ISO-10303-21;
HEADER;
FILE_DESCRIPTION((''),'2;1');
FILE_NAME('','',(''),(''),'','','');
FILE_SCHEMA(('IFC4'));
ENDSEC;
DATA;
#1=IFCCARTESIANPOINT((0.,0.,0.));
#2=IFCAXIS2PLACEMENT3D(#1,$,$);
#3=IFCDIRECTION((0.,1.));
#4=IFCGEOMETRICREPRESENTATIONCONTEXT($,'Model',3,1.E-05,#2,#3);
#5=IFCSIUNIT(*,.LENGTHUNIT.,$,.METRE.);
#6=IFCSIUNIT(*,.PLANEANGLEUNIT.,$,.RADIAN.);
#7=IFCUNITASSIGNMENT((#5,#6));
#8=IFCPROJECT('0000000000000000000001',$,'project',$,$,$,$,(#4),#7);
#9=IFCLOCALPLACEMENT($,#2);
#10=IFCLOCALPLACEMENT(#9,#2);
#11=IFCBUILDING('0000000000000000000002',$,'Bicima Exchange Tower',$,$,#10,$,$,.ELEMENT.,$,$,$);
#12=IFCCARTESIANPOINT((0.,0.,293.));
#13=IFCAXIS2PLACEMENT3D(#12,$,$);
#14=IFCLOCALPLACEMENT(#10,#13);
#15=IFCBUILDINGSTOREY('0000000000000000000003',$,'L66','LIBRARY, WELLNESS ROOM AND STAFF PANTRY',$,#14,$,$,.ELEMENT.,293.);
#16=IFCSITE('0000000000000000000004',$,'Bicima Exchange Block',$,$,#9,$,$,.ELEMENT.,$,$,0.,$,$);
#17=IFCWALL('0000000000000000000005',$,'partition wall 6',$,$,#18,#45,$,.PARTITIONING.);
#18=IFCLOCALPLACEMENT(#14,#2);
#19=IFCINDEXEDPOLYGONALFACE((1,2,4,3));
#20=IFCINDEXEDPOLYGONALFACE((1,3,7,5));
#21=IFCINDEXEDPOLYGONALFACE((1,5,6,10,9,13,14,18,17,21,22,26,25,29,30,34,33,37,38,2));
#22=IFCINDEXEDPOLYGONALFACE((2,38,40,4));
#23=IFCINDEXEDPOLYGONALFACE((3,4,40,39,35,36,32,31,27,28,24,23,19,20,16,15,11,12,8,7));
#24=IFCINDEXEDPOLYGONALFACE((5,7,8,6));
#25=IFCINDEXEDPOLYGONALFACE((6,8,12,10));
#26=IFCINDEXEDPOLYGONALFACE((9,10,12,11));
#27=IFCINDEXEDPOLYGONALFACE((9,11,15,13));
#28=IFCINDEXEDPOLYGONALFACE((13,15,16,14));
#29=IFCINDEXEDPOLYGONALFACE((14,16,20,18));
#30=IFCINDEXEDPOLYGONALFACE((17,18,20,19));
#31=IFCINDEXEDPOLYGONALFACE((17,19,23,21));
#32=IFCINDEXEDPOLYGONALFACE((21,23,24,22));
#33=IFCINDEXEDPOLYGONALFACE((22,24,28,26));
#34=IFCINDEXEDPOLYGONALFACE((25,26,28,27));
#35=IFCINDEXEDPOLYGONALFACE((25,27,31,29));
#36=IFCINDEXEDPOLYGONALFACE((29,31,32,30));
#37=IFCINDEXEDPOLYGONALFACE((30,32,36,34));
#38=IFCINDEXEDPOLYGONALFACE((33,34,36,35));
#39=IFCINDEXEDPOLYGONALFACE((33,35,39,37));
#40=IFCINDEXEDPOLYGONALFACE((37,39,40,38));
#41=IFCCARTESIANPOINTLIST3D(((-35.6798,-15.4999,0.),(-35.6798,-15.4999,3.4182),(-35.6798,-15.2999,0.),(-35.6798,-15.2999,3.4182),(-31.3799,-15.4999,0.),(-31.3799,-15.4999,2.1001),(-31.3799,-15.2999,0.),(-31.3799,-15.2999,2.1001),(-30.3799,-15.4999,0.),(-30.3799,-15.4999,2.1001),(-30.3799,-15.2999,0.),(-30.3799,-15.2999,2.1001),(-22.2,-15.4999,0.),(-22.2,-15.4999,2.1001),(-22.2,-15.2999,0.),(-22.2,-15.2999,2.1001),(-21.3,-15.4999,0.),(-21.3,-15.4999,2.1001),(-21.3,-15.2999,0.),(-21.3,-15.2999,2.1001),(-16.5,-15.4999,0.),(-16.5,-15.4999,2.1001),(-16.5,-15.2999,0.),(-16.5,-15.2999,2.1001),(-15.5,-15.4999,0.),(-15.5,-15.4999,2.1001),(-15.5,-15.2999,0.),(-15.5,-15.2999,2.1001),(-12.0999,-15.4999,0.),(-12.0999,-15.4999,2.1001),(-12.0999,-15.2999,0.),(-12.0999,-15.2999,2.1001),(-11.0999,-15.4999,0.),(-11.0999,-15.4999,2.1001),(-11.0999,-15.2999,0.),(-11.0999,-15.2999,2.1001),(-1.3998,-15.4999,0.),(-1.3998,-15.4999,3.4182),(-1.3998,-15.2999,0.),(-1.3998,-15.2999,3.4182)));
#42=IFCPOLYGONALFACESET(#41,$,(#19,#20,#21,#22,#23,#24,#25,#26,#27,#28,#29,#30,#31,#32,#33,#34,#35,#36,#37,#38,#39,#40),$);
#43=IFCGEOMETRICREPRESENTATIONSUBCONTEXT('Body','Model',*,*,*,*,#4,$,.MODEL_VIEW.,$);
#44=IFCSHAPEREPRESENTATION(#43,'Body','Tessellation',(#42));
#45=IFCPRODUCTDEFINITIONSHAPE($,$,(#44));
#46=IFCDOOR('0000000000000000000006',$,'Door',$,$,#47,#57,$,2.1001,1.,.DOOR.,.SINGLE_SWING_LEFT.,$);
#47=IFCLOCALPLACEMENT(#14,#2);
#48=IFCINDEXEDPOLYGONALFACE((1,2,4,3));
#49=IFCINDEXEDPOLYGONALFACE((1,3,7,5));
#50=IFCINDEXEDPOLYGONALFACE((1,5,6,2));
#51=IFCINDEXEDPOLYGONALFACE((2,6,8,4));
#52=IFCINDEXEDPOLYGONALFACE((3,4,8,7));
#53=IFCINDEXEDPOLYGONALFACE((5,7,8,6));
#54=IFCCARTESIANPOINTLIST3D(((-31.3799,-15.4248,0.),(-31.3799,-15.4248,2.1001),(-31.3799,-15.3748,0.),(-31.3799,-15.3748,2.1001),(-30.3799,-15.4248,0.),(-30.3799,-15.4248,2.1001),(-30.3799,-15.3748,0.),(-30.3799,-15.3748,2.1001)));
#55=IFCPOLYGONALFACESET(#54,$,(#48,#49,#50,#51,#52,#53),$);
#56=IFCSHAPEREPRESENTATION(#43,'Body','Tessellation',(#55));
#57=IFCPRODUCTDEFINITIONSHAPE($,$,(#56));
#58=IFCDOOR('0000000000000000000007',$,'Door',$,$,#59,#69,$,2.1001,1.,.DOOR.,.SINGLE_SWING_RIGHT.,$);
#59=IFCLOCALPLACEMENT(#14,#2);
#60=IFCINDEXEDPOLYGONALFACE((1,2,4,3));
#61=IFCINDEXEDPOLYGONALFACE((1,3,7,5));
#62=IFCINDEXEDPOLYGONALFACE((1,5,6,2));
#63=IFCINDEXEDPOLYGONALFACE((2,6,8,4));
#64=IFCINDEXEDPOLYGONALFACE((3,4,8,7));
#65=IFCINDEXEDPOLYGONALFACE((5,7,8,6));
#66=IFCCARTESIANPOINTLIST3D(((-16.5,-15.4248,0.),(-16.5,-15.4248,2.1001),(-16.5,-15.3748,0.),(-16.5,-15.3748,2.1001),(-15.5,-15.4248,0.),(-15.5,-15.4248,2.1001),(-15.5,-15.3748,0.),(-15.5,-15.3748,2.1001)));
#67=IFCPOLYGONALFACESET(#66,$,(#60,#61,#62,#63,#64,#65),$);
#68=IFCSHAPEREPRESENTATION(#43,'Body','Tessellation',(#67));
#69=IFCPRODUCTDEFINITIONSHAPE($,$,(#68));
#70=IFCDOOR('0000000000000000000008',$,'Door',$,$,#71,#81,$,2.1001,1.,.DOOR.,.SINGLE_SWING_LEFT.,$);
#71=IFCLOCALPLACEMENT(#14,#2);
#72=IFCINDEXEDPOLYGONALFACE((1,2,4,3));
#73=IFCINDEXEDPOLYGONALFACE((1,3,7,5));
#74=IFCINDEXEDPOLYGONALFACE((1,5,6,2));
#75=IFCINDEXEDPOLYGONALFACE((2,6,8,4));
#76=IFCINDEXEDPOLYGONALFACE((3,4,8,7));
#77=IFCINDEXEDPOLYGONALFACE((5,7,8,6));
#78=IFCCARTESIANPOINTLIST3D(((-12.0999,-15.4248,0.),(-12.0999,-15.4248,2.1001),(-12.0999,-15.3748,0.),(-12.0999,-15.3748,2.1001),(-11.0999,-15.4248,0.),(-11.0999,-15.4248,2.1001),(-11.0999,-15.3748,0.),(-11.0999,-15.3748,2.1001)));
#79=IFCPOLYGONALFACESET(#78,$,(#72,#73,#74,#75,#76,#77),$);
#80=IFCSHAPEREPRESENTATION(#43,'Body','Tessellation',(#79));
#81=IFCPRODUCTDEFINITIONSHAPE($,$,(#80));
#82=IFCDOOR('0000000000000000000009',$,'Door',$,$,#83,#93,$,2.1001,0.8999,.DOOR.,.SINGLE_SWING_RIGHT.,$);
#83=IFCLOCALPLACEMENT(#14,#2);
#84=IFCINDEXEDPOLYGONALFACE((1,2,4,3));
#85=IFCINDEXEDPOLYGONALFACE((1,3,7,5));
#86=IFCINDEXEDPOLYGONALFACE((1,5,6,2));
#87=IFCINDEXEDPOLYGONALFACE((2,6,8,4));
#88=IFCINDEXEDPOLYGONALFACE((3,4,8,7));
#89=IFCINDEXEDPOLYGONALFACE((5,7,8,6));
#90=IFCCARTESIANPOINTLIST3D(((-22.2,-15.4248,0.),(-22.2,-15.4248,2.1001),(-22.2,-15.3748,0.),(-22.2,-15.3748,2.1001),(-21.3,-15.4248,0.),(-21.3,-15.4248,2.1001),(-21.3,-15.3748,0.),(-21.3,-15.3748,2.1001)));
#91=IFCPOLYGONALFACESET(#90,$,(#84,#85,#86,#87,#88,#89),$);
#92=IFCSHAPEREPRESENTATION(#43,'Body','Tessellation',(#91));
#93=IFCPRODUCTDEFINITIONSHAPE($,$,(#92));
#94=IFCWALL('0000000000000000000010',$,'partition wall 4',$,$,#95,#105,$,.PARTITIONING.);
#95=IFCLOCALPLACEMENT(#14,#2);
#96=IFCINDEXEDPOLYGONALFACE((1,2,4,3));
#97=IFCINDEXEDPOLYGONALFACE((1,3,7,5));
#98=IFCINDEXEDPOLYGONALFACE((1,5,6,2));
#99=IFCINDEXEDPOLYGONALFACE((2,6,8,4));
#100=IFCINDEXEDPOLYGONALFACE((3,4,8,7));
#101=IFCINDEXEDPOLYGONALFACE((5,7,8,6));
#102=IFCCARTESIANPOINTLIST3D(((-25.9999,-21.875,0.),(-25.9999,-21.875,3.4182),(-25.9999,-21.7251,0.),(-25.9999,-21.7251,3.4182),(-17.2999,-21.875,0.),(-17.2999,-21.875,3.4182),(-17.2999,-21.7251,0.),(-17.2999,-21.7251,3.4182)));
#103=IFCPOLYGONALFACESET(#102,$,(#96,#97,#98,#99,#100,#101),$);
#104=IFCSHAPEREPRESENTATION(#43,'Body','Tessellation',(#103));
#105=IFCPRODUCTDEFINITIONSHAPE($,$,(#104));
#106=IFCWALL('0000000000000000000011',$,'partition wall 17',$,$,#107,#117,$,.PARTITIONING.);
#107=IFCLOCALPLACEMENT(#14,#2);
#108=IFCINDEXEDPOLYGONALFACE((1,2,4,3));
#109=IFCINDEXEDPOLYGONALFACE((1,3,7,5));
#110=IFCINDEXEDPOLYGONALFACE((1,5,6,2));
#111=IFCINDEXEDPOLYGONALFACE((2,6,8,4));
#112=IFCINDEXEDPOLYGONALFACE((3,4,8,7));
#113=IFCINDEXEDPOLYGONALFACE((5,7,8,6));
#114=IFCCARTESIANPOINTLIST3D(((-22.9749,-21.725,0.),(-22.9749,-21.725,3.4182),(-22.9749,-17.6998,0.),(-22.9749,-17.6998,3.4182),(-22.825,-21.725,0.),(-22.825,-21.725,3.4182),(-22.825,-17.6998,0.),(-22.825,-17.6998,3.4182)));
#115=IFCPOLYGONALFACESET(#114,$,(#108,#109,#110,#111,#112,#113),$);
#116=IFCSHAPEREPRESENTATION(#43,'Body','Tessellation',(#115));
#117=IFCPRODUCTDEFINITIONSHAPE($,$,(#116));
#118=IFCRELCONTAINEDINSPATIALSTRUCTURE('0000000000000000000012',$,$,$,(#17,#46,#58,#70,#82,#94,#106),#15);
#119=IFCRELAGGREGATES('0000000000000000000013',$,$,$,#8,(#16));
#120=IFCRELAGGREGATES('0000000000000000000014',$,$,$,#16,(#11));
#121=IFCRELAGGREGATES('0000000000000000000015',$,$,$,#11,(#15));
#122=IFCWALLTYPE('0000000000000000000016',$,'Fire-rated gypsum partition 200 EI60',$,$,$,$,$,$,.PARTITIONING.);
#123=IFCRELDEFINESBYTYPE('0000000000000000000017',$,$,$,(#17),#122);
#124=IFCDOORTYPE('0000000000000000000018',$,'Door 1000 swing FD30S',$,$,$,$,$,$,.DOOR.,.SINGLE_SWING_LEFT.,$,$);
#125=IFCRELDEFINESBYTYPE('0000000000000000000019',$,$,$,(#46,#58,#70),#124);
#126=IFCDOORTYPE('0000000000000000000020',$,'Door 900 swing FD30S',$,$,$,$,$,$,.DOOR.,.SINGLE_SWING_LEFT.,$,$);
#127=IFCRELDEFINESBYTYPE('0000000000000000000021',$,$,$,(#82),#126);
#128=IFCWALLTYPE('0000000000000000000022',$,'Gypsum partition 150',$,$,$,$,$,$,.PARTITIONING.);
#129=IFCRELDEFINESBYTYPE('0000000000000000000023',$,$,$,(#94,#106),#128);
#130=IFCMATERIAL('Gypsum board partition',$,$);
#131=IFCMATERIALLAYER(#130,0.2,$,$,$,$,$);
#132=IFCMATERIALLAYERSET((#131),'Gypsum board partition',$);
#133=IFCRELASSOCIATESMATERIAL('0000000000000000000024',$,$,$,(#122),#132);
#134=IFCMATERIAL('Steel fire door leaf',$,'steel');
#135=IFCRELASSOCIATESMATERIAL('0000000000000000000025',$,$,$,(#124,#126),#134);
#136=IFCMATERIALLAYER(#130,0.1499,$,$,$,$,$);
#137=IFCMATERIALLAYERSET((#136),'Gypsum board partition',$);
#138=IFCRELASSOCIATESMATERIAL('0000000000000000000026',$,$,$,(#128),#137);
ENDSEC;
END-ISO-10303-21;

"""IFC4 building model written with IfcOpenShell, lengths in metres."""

from ifc_helpers import new_model, si_unit, direction, frame, frame_2d, origin, place, context, subcontext, project, spatial, rectangle, extrude, material, layer, layer_set, type_object, element, fill, save


model = new_model("IFC4")

# Units and contexts
model_context = context("Model", 3, precision=1e-05, world=origin(), true_north=direction((0.0, 1.0)))
body_context = subcontext(model_context, "Body", "Model", "MODEL_VIEW")
ifc_project = project(units=[si_unit("LENGTHUNIT", "METRE"), si_unit("PLANEANGLEUNIT", "RADIAN")], contexts=[model_context])

# Site, building, storey
site_placement = place(None, origin())
site = spatial("IfcSite", under=ifc_project, at=site_placement, Name="Bicima Exchange Block", CompositionType="ELEMENT", RefElevation=0.0)
building_placement = place(site_placement, origin())
building = spatial("IfcBuilding", under=site, at=building_placement, Name="Bicima Exchange Tower", CompositionType="ELEMENT")
storey_placement = place(building_placement, frame((0.0, 0.0, 293.0)))
storey = spatial("IfcBuildingStorey", under=building, at=storey_placement, Name="L66", Description="LIBRARY, WELLNESS ROOM AND STAFF PANTRY", CompositionType="ELEMENT", Elevation=293.0)

# Wall, openings, doors
ifc_material_1 = material(Name="Gypsum board partition")
ifc_layer_1 = layer(ifc_material_1, 0.2)
ifc_layer_set_1 = layer_set([ifc_layer_1], Name="Gypsum board partition")
wall_type_1 = type_object("IfcWallType", Name="Fire-rated gypsum partition 200 EI60", PredefinedType="PARTITIONING", material=ifc_layer_set_1)
ifc_material_2 = material(Name="Steel fire door leaf", Category="steel")
door_type_1 = type_object("IfcDoorType", Name="Door 1000 swing FD30S", OperationType="SINGLE_SWING_LEFT", PredefinedType="DOOR", material=ifc_material_2)
door_type_2 = type_object("IfcDoorType", Name="Door 900 swing FD30S", OperationType="SINGLE_SWING_LEFT", PredefinedType="DOOR", material=ifc_material_2)
wall_1_placement = place(storey_placement, frame((-35.6799, -15.3999, 0.0), z_axis=(0.0, 0.0, 1.0), x_axis=(1.0, 0.0, 0.0)))
wall_1 = element("IfcWall", 1, at=wall_1_placement, inside=storey, type_object=wall_type_1, Name="partition wall 6", PredefinedType="PARTITIONING", context=body_context, shape_type="SweptSolid", body=[
    extrude(rectangle(XDim=34.28, YDim=0.2, at=frame_2d((17.1401, 0.0))), origin(), (0.0, 0.0, 1.0), 3.4182),
])
opening_1_placement = place(wall_1_placement, frame((4.3, 0.0, 0.0)))
opening_1 = element("IfcOpeningElement", 2, at=opening_1_placement, cuts=wall_1, PredefinedType="OPENING", context=body_context, shape_type="SweptSolid", body=[
    extrude(rectangle(XDim=1.0, YDim=2.1001, at=frame_2d((0.5, 1.05))), frame((0.0, 0.1118, 0.0), z_axis=(0.0, -1.0, 0.0), x_axis=(1.0, 0.0, 0.0)), (0.0, 0.0, 1.0), 0.2239),
])
opening_2_placement = place(wall_1_placement, frame((13.48, 0.0, 0.0)))
opening_2 = element("IfcOpeningElement", 3, at=opening_2_placement, cuts=wall_1, PredefinedType="OPENING", context=body_context, shape_type="SweptSolid", body=[
    extrude(rectangle(XDim=0.8999, YDim=2.1001, at=frame_2d((0.45, 1.05))), frame((0.0, 0.1118, 0.0), z_axis=(0.0, -1.0, 0.0), x_axis=(1.0, 0.0, 0.0)), (0.0, 0.0, 1.0), 0.2239),
])
opening_3_placement = place(wall_1_placement, frame((19.1799, 0.0, 0.0)))
opening_3 = element("IfcOpeningElement", 4, at=opening_3_placement, cuts=wall_1, PredefinedType="OPENING", context=body_context, shape_type="SweptSolid", body=[
    extrude(rectangle(XDim=1.0, YDim=2.1001, at=frame_2d((0.5, 1.05))), frame((0.0, 0.1118, 0.0), z_axis=(0.0, -1.0, 0.0), x_axis=(1.0, 0.0, 0.0)), (0.0, 0.0, 1.0), 0.2239),
])
opening_4_placement = place(wall_1_placement, frame((23.5801, 0.0, 0.0)))
opening_4 = element("IfcOpeningElement", 5, at=opening_4_placement, cuts=wall_1, PredefinedType="OPENING", context=body_context, shape_type="SweptSolid", body=[
    extrude(rectangle(XDim=1.0, YDim=2.1001, at=frame_2d((0.5, 1.05))), frame((0.0, 0.1118, 0.0), z_axis=(0.0, -1.0, 0.0), x_axis=(1.0, 0.0, 0.0)), (0.0, 0.0, 1.0), 0.2239),
])
door_1_placement = place(opening_1_placement, frame((1.0, 0.0, 0.0), z_axis=(0.0, 0.0, 1.0), x_axis=(-1.0, 0.0, 0.0)))
door_1 = element("IfcDoor", 6, at=door_1_placement, inside=storey, type_object=door_type_1, Name="Door", OperationType="SINGLE_SWING_LEFT", OverallHeight=2.1001, OverallWidth=1.0, PredefinedType="DOOR", context=body_context, shape_type="SweptSolid", body=[
    extrude(rectangle(XDim=1.0, YDim=2.1001, at=frame_2d((0.5, 1.05))), frame((0.0, 0.0249, 0.0), z_axis=(0.0, -1.0, 0.0), x_axis=(1.0, 0.0, 0.0)), (0.0, 0.0, 1.0), 0.05),
])
fill(opening_1, door_1)
door_2_placement = place(opening_3_placement, frame((1.0, 0.0, 0.0), z_axis=(0.0, 0.0, 1.0), x_axis=(-1.0, 0.0, 0.0)))
door_2 = element("IfcDoor", 7, at=door_2_placement, inside=storey, type_object=door_type_1, Name="Door", OperationType="SINGLE_SWING_RIGHT", OverallHeight=2.1001, OverallWidth=1.0, PredefinedType="DOOR", context=body_context, shape_type="SweptSolid", body=[
    extrude(rectangle(XDim=1.0, YDim=2.1001, at=frame_2d((0.5, 1.05))), frame((0.0, 0.0249, 0.0), z_axis=(0.0, -1.0, 0.0), x_axis=(1.0, 0.0, 0.0)), (0.0, 0.0, 1.0), 0.05),
])
fill(opening_3, door_2)
door_3_placement = place(opening_4_placement, frame((1.0, 0.0, 0.0), z_axis=(0.0, 0.0, 1.0), x_axis=(-1.0, 0.0, 0.0)))
door_3 = element("IfcDoor", 8, at=door_3_placement, inside=storey, type_object=door_type_1, Name="Door", OperationType="SINGLE_SWING_LEFT", OverallHeight=2.1001, OverallWidth=1.0, PredefinedType="DOOR", context=body_context, shape_type="SweptSolid", body=[
    extrude(rectangle(XDim=1.0, YDim=2.1001, at=frame_2d((0.5, 1.05))), frame((0.0, 0.0249, 0.0), z_axis=(0.0, -1.0, 0.0), x_axis=(1.0, 0.0, 0.0)), (0.0, 0.0, 1.0), 0.05),
])
fill(opening_4, door_3)
door_4_placement = place(opening_2_placement, frame((0.8999, 0.0, 0.0), z_axis=(0.0, 0.0, 1.0), x_axis=(-1.0, 0.0, 0.0)))
door_4 = element("IfcDoor", 9, at=door_4_placement, inside=storey, type_object=door_type_2, Name="Door", OperationType="SINGLE_SWING_RIGHT", OverallHeight=2.1001, OverallWidth=0.8999, PredefinedType="DOOR", context=body_context, shape_type="SweptSolid", body=[
    extrude(rectangle(XDim=0.8999, YDim=2.1001, at=frame_2d((0.45, 1.05))), frame((0.0, 0.0249, 0.0), z_axis=(0.0, -1.0, 0.0), x_axis=(1.0, 0.0, 0.0)), (0.0, 0.0, 1.0), 0.05),
])
fill(opening_2, door_4)

# Walls
ifc_layer_2 = layer(ifc_material_1, 0.1499)
ifc_layer_set_2 = layer_set([ifc_layer_2], Name="Gypsum board partition")
wall_type_2 = type_object("IfcWallType", Name="Gypsum partition 150", PredefinedType="PARTITIONING", material=ifc_layer_set_2)
wall_2_placement = place(storey_placement, frame((-26.0, -21.8, 0.0), z_axis=(0.0, 0.0, 1.0), x_axis=(1.0, 0.0, 0.0)))
element("IfcWall", 10, at=wall_2_placement, inside=storey, type_object=wall_type_2, Name="partition wall 4", PredefinedType="PARTITIONING", context=body_context, shape_type="SweptSolid", body=[
    extrude(rectangle(XDim=8.7, YDim=0.1499, at=frame_2d((4.3501, 0.0))), origin(), (0.0, 0.0, 1.0), 3.4182),
])
wall_3_placement = place(storey_placement, frame((-22.8999, -21.7251, 0.0), z_axis=(0.0, 0.0, 1.0), x_axis=(0.0, 1.0, 0.0)))
element("IfcWall", 11, at=wall_3_placement, inside=storey, type_object=wall_type_2, Name="partition wall 17", PredefinedType="PARTITIONING", context=body_context, shape_type="SweptSolid", body=[
    extrude(rectangle(XDim=4.0251, YDim=0.1499, at=frame_2d((2.0127, 0.0))), origin(), (0.0, 0.0, 1.0), 3.4182),
])

save(model, "model.ifc")
